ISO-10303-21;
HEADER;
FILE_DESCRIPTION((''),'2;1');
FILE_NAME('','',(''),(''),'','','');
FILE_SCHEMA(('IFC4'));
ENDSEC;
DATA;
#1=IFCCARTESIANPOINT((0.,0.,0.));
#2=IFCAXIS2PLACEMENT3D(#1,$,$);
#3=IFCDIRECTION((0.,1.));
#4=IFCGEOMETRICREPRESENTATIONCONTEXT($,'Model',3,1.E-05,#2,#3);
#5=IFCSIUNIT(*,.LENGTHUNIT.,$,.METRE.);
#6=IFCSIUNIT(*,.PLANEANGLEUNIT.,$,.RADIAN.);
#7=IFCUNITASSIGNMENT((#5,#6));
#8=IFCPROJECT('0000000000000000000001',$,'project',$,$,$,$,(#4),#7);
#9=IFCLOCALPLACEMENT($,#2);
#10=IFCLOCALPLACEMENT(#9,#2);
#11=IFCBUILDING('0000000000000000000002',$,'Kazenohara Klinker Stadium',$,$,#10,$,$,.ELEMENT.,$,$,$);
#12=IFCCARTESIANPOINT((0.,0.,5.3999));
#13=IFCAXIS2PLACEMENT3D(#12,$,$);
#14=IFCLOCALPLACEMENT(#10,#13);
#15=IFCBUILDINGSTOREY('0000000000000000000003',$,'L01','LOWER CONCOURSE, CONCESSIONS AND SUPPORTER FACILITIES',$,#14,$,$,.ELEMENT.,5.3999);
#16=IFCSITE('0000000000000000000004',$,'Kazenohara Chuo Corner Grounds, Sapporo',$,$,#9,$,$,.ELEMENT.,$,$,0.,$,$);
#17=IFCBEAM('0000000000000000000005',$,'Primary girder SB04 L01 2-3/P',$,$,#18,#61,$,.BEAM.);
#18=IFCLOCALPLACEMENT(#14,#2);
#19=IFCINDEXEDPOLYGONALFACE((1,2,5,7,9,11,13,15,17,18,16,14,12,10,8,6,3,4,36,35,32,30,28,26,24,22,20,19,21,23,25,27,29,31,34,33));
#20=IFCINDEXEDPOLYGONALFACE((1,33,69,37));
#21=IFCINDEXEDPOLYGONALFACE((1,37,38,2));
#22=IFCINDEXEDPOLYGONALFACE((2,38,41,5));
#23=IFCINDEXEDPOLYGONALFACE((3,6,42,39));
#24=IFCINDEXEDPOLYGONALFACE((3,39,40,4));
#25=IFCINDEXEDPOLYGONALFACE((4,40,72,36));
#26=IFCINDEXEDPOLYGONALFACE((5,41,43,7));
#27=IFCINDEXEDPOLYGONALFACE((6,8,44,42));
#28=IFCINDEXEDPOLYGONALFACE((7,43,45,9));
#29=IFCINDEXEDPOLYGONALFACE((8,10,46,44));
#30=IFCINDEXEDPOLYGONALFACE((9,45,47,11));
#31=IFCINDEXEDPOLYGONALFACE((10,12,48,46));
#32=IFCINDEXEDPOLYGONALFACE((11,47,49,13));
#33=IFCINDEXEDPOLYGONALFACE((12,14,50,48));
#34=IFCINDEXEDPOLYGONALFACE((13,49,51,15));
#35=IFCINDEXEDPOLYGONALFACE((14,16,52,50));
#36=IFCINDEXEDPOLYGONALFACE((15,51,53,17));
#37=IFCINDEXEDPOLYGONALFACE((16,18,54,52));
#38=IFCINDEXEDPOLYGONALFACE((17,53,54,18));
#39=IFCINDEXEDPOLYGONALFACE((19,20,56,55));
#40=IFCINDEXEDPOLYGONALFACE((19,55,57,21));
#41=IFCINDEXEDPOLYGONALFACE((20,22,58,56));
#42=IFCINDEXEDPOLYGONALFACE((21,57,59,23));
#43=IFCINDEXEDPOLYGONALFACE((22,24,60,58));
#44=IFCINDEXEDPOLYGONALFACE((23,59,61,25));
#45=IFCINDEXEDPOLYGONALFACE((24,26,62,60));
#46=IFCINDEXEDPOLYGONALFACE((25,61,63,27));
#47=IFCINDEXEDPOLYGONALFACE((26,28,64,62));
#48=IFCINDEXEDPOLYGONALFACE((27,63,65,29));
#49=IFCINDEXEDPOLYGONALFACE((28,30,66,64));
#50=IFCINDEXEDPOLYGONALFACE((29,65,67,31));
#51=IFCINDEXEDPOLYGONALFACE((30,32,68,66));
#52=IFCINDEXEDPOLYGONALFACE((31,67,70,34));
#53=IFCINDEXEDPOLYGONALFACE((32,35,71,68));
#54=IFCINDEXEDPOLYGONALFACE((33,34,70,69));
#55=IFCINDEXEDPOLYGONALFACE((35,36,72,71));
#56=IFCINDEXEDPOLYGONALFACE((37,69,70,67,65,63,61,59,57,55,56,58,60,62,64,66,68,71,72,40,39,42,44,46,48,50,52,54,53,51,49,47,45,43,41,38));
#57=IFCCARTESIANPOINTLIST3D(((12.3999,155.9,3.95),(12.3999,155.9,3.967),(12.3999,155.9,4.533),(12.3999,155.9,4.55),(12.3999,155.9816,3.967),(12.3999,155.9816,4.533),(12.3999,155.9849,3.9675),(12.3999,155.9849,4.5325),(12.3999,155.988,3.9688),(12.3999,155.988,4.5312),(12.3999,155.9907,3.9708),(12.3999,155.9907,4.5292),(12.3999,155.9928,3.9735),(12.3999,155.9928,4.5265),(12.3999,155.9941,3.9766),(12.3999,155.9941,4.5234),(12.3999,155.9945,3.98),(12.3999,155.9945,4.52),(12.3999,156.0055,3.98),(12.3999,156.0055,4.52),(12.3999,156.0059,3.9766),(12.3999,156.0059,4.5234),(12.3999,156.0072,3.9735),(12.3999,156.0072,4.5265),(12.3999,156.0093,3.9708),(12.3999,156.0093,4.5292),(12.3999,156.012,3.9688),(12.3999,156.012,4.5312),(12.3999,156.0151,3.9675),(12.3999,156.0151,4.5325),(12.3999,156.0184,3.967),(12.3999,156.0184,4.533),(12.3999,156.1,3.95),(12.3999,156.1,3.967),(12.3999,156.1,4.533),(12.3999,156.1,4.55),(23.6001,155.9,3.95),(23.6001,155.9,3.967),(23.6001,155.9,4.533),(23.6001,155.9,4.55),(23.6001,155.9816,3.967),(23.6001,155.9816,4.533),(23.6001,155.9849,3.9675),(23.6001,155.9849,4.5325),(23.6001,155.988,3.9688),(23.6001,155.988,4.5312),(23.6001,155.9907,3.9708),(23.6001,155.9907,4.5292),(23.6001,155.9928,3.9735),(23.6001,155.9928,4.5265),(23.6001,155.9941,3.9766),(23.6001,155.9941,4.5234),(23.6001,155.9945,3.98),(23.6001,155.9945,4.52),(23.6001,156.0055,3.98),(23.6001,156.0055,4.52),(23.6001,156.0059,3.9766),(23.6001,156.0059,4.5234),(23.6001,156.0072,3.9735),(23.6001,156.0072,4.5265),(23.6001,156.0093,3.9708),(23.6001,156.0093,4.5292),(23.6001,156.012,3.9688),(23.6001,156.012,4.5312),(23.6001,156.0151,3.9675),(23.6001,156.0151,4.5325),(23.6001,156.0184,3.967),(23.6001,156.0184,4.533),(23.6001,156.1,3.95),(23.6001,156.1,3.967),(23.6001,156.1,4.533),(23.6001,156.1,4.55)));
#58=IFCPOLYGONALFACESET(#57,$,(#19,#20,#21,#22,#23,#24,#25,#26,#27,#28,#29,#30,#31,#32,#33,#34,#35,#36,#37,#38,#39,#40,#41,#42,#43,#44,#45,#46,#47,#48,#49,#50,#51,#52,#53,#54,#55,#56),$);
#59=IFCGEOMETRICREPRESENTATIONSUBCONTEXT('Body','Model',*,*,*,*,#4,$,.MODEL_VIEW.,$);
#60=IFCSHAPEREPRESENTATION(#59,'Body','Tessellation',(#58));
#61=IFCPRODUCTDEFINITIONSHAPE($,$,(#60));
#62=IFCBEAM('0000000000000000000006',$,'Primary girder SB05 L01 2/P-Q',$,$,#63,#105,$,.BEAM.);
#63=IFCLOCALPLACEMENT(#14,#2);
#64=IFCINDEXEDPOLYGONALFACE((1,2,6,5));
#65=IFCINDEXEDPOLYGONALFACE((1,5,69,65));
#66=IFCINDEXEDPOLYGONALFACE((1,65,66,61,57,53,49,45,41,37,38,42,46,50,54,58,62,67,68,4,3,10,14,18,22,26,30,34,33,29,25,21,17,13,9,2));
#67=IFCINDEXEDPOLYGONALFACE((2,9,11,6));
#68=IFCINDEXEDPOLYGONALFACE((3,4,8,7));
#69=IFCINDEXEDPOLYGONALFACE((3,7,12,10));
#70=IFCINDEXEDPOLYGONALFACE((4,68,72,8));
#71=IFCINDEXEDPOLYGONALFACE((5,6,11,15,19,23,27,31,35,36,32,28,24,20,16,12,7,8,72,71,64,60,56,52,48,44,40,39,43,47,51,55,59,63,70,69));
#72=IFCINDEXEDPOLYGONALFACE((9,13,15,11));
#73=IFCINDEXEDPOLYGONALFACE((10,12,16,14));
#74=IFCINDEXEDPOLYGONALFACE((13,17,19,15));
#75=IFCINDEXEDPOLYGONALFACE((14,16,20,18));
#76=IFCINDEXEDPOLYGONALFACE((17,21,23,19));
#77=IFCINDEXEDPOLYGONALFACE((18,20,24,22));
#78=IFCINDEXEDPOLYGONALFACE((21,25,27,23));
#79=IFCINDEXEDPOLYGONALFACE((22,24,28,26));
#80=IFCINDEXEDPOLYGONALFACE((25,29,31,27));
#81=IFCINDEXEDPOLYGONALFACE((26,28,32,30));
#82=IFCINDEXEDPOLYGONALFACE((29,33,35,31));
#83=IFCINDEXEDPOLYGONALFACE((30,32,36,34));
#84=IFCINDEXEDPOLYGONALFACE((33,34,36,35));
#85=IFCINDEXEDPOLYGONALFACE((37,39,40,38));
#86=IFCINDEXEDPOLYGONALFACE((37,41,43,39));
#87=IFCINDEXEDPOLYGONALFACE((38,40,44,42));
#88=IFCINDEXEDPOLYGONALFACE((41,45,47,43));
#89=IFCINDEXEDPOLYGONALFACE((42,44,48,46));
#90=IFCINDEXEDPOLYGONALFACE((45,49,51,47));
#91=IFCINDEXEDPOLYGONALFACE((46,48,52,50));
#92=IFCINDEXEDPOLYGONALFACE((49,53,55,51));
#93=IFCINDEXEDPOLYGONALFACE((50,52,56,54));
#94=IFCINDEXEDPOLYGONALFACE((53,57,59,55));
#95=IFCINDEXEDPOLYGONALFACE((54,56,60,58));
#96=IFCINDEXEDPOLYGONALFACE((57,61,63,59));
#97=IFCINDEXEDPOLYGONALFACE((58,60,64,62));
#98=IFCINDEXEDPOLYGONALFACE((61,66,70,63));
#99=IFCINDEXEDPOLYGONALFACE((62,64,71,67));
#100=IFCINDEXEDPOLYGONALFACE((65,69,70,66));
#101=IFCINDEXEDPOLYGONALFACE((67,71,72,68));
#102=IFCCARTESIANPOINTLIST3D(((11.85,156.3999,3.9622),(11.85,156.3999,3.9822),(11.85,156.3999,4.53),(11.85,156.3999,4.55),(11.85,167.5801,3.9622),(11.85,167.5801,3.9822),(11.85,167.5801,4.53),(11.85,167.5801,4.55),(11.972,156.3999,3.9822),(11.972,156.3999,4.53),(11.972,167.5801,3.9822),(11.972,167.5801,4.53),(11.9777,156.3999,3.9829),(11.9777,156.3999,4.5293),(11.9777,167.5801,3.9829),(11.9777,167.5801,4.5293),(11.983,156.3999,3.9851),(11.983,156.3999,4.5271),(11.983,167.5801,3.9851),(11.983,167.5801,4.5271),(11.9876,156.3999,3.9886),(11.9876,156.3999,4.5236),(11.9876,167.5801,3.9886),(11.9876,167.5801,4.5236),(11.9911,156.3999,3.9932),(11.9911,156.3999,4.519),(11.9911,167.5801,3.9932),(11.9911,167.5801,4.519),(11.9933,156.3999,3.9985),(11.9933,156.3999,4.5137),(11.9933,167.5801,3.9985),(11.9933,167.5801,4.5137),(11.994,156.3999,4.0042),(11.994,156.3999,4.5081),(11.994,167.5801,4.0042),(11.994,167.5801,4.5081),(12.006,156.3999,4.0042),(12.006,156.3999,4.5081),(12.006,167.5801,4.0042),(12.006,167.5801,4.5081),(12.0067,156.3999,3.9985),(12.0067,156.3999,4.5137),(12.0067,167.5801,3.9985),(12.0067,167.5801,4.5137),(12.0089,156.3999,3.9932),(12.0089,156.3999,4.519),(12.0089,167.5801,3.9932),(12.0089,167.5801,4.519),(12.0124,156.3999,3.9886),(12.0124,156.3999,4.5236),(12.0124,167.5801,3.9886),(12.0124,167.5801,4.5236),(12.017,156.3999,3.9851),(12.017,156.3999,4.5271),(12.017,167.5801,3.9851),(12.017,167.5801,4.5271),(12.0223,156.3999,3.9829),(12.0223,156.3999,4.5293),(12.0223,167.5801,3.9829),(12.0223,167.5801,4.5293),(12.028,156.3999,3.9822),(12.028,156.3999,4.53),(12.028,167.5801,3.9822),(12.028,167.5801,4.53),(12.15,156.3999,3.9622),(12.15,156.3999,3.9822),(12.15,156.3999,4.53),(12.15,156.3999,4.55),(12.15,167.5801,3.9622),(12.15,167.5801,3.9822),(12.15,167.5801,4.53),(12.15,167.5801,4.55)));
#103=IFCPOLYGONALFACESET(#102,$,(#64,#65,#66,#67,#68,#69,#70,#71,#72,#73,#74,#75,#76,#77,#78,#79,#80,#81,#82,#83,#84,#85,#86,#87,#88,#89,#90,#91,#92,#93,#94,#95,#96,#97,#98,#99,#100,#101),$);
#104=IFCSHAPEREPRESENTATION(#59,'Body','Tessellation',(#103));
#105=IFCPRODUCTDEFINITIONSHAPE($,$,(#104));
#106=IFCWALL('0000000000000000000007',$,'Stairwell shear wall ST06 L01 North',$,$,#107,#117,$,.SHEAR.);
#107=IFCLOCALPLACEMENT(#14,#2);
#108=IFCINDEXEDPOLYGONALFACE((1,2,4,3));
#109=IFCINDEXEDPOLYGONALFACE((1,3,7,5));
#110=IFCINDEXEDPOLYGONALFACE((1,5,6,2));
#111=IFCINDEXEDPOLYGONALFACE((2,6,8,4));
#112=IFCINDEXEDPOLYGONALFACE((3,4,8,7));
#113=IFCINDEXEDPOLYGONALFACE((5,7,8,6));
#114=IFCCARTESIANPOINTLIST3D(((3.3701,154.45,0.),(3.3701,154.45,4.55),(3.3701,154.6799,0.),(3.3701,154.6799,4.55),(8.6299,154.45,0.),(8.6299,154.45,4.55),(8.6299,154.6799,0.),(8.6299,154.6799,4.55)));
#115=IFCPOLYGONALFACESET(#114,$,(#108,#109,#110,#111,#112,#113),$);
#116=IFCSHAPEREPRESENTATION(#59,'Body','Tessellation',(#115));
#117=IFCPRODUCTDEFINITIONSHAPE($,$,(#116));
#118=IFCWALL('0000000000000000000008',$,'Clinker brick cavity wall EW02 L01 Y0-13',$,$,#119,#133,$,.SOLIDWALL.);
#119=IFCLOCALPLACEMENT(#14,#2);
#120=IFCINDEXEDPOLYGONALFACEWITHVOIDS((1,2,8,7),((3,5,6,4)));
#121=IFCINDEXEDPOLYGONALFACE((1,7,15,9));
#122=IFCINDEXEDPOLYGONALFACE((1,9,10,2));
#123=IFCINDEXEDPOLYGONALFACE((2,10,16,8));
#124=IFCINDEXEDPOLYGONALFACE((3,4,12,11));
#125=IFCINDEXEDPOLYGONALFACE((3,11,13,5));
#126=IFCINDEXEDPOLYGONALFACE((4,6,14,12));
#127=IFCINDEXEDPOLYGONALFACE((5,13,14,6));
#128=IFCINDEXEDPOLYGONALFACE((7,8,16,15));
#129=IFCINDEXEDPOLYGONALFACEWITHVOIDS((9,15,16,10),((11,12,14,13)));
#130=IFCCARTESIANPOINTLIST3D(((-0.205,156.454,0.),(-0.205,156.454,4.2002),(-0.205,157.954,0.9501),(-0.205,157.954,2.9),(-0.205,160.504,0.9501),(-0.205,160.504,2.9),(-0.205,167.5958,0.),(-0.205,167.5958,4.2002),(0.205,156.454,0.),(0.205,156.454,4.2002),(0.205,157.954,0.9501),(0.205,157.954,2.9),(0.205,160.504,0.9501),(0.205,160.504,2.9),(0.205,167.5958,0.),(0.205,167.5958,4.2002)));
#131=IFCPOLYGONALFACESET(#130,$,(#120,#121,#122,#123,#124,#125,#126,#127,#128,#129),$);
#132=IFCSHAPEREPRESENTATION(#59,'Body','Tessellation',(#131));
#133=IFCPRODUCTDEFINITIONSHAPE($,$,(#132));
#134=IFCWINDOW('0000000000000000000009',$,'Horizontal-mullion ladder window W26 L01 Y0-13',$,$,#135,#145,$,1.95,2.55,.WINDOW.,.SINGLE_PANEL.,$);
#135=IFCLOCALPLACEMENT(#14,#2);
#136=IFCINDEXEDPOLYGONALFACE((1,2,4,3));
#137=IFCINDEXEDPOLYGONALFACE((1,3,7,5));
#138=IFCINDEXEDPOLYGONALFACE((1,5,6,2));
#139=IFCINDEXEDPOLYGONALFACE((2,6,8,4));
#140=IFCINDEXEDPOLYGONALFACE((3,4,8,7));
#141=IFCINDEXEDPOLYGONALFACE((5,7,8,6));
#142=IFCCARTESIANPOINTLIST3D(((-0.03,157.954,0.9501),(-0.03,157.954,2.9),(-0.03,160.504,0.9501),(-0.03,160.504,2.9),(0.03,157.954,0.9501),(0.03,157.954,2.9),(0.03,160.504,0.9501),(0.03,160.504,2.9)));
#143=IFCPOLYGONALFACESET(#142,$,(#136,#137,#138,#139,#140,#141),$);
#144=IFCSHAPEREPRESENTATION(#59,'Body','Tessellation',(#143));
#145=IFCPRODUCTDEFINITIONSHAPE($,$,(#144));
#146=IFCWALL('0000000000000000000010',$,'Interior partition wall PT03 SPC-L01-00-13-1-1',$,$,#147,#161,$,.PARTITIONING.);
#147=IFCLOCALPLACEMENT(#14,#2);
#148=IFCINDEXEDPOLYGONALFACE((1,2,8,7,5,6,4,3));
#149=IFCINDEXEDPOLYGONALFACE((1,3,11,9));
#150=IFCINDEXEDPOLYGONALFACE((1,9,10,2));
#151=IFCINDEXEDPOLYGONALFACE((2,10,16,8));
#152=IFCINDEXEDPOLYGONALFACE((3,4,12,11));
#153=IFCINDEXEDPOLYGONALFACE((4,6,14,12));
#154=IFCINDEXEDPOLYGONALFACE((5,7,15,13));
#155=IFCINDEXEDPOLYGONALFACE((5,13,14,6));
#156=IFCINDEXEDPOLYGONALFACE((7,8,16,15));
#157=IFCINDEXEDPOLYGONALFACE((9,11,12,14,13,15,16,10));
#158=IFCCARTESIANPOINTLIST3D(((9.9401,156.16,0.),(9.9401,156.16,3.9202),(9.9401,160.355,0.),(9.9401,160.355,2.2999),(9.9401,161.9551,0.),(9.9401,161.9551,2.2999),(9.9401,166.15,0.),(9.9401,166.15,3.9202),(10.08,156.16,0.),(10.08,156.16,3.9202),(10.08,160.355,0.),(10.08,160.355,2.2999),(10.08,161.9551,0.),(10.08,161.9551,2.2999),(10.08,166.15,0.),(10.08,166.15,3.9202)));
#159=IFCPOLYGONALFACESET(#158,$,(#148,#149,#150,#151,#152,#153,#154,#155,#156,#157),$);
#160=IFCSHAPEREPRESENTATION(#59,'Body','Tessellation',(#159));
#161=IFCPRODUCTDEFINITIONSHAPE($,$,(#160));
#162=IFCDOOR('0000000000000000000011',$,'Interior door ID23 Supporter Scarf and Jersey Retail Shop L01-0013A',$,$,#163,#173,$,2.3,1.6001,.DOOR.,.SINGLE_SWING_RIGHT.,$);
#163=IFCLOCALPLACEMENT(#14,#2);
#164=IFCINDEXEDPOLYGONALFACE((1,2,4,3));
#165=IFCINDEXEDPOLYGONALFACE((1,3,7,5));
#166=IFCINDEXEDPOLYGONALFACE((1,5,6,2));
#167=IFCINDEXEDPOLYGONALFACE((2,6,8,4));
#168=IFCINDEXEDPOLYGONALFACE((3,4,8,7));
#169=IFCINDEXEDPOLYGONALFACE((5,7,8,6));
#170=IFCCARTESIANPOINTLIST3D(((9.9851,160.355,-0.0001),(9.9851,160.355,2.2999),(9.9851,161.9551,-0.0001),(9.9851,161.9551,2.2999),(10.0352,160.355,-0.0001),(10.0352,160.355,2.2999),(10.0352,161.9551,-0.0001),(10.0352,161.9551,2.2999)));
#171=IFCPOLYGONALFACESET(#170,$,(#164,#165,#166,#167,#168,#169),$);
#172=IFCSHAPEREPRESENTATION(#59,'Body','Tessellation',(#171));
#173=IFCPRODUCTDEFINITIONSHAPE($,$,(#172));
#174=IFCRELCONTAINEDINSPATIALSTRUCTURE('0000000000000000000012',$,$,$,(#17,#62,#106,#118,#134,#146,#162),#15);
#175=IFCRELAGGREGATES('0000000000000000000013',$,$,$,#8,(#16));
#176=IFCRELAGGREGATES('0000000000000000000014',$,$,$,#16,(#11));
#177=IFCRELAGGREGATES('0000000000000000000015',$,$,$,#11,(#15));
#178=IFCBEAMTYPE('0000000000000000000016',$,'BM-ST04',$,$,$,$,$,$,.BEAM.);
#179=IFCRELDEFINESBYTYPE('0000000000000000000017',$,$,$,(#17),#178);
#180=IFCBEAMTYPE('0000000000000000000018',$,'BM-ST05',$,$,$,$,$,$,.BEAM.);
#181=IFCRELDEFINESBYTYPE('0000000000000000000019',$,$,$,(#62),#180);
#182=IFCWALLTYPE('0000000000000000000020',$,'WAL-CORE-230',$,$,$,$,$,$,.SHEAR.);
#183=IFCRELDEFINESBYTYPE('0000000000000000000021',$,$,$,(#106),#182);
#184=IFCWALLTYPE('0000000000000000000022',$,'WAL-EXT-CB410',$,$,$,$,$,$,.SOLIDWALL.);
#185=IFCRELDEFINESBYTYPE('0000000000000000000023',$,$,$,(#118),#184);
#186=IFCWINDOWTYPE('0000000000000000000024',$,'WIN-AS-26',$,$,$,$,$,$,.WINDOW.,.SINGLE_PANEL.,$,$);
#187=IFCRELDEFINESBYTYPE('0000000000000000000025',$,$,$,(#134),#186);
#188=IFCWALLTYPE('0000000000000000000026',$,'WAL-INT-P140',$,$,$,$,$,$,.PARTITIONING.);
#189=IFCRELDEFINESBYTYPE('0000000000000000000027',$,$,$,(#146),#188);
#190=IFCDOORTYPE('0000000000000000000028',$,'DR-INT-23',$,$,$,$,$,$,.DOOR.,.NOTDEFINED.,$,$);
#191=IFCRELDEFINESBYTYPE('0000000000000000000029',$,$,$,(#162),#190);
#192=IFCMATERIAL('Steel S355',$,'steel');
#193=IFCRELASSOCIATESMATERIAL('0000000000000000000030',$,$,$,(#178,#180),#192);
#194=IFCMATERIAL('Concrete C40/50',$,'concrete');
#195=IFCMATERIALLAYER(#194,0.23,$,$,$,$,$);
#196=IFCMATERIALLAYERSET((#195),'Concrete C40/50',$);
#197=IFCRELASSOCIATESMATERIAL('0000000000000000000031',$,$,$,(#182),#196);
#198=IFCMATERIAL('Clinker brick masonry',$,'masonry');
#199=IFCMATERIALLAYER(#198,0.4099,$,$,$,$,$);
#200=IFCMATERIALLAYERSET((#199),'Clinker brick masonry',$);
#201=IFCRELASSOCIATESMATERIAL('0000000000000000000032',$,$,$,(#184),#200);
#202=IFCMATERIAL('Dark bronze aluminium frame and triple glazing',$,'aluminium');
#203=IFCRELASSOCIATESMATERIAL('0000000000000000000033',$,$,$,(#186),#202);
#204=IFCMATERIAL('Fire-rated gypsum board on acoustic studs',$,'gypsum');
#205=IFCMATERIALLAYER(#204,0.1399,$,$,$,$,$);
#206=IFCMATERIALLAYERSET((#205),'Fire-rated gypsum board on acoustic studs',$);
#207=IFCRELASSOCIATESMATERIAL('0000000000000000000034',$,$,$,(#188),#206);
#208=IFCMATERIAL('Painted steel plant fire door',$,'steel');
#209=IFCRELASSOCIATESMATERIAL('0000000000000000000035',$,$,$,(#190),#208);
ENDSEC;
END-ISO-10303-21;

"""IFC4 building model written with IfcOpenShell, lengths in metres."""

from ifc_helpers import new_model, si_unit, direction, frame, frame_2d, origin, origin_2d, place, context, subcontext, project, spatial, rectangle, i_section, extrude, material, layer, layer_set, material_profile, profile_set, type_object, element, fill, save


model = new_model("IFC4")

# Units and contexts
model_context = context("Model", 3, precision=1e-05, world=origin(), true_north=direction((0.0, 1.0)))
body_context = subcontext(model_context, "Body", "Model", "MODEL_VIEW")
ifc_project = project(units=[si_unit("LENGTHUNIT", "METRE"), si_unit("PLANEANGLEUNIT", "RADIAN")], contexts=[model_context])

# Site, building, storey
site_placement = place(None, origin())
site = spatial("IfcSite", under=ifc_project, at=site_placement, Name="Kazenohara Chuo Corner Grounds, Sapporo", CompositionType="ELEMENT", RefElevation=0.0)
building_placement = place(site_placement, origin())
building = spatial("IfcBuilding", under=site, at=building_placement, Name="Kazenohara Klinker Stadium", CompositionType="ELEMENT")
storey_placement = place(building_placement, frame((0.0, 0.0, 5.3999)))
storey = spatial("IfcBuildingStorey", under=building, at=storey_placement, Name="L01", Description="LOWER CONCOURSE, CONCESSIONS AND SUPPORTER FACILITIES", CompositionType="ELEMENT", Elevation=5.3999)

# Shared definitions
ifc_material_1 = material(Name="Concrete C40/50", Category="concrete")

# Beams
ifc_material_2 = material(Name="Steel S355", Category="steel")
ifc_material_profile_1 = material_profile(ifc_material_2, i_section(OverallWidth=0.2, OverallDepth=0.6001, WebThickness=0.011, FlangeThickness=0.0171, FilletRadius=0.0129, at=origin_2d()), Name="H-600x200x11x17")
ifc_profile_set_1 = profile_set([ifc_material_profile_1], Name="Steel S355")
beam_type_1 = type_object("IfcBeamType", Name="BM-ST04", PredefinedType="BEAM", material=ifc_profile_set_1)
beam_1_placement = place(storey_placement, frame((12.3999, 156.0, 4.25), z_axis=(1.0, 0.0, 0.0), x_axis=(0.0, 1.0, 0.0)))
element("IfcBeam", 1, at=beam_1_placement, inside=storey, type_object=beam_type_1, Name="Primary girder SB04 L01 2-3/P", PredefinedType="BEAM", context=body_context, shape_type="SweptSolid", body=[
    extrude(i_section(OverallWidth=0.2, OverallDepth=0.6001, WebThickness=0.011, FlangeThickness=0.0171, FilletRadius=0.0129, at=origin_2d()), origin(), (0.0, 0.0, 1.0), 11.2002),
])
ifc_material_profile_2 = material_profile(ifc_material_2, i_section(OverallWidth=0.3, OverallDepth=0.5879, WebThickness=0.012, FlangeThickness=0.02, FilletRadius=0.022, at=origin_2d()), Name="H-588x300x12x20")
ifc_profile_set_2 = profile_set([ifc_material_profile_2], Name="Steel S355")
beam_type_2 = type_object("IfcBeamType", Name="BM-ST05", PredefinedType="BEAM", material=ifc_profile_set_2)
beam_2_placement = place(storey_placement, frame((12.0, 156.3999, 4.2561), z_axis=(0.0, 1.0, 0.0), x_axis=(-1.0, 0.0, 0.0)))
element("IfcBeam", 2, at=beam_2_placement, inside=storey, type_object=beam_type_2, Name="Primary girder SB05 L01 2/P-Q", PredefinedType="BEAM", context=body_context, shape_type="SweptSolid", body=[
    extrude(i_section(OverallWidth=0.3, OverallDepth=0.5879, WebThickness=0.012, FlangeThickness=0.02, FilletRadius=0.022, at=origin_2d()), origin(), (0.0, 0.0, 1.0), 11.1802),
])

# Wall
ifc_layer_1 = layer(ifc_material_1, 0.23)
ifc_layer_set_1 = layer_set([ifc_layer_1], Name="Concrete C40/50")
wall_type_1 = type_object("IfcWallType", Name="WAL-CORE-230", PredefinedType="SHEAR", material=ifc_layer_set_1)
wall_1_placement = place(storey_placement, frame((3.3701, 154.5649, 0.0), z_axis=(0.0, 0.0, 1.0), x_axis=(1.0, 0.0, 0.0)))
element("IfcWall", 3, at=wall_1_placement, inside=storey, type_object=wall_type_1, Name="Stairwell shear wall ST06 L01 North", PredefinedType="SHEAR", context=body_context, shape_type="SweptSolid", body=[
    extrude(rectangle(XDim=5.2598, YDim=0.23, at=frame_2d((2.6299, 0.0))), origin(), (0.0, 0.0, 1.0), 4.55),
])

# Wall, opening, window
ifc_material_3 = material(Name="Clinker brick masonry", Category="masonry")
ifc_layer_2 = layer(ifc_material_3, 0.4099)
ifc_layer_set_2 = layer_set([ifc_layer_2], Name="Clinker brick masonry")
wall_type_2 = type_object("IfcWallType", Name="WAL-EXT-CB410", PredefinedType="SOLIDWALL", material=ifc_layer_set_2)
wall_2_placement = place(storey_placement, frame((0.0, 156.4541, 0.0), z_axis=(0.0, 0.0, 1.0), x_axis=(0.0, 1.0, 0.0)))
wall_2 = element("IfcWall", 4, at=wall_2_placement, inside=storey, type_object=wall_type_2, Name="Clinker brick cavity wall EW02 L01 Y0-13", PredefinedType="SOLIDWALL", context=body_context, shape_type="SweptSolid", body=[
    extrude(rectangle(XDim=11.1418, YDim=0.4099, at=frame_2d((5.5708, 0.0))), origin(), (0.0, 0.0, 1.0), 4.2002),
])
opening_1_placement = place(wall_2_placement, frame((1.5, 0.0, 0.95)))
opening_1 = element("IfcOpeningElement", 5, at=opening_1_placement, cuts=wall_2, PredefinedType="OPENING", context=body_context, shape_type="SweptSolid", body=[
    extrude(rectangle(XDim=2.55, YDim=1.95, at=frame_2d((1.2749, 0.9751))), frame((0.0, 0.2148, 0.0), z_axis=(0.0, -1.0, 0.0), x_axis=(1.0, 0.0, 0.0)), (0.0, 0.0, 1.0), 0.4299),
])
ifc_material_4 = material(Name="Dark bronze aluminium frame and triple glazing", Category="aluminium")
window_type = type_object("IfcWindowType", Name="WIN-AS-26", PartitioningType="SINGLE_PANEL", PredefinedType="WINDOW", material=ifc_material_4)
window_placement = place(opening_1_placement, origin())
window = element("IfcWindow", 6, at=window_placement, inside=storey, type_object=window_type, Name="Horizontal-mullion ladder window W26 L01 Y0-13", OverallHeight=1.95, OverallWidth=2.55, PartitioningType="SINGLE_PANEL", PredefinedType="WINDOW", context=body_context, shape_type="SweptSolid", body=[
    extrude(rectangle(XDim=2.55, YDim=1.95, at=frame_2d((1.2749, 0.9751))), frame((0.0, 0.03, 0.0), z_axis=(0.0, -1.0, 0.0), x_axis=(1.0, 0.0, 0.0)), (0.0, 0.0, 1.0), 0.0601),
])
fill(opening_1, window)

# Wall, opening, door
ifc_material_5 = material(Name="Fire-rated gypsum board on acoustic studs", Category="gypsum")
ifc_layer_3 = layer(ifc_material_5, 0.1399)
ifc_layer_set_3 = layer_set([ifc_layer_3], Name="Fire-rated gypsum board on acoustic studs")
wall_type_3 = type_object("IfcWallType", Name="WAL-INT-P140", PredefinedType="PARTITIONING", material=ifc_layer_set_3)
wall_3_placement = place(storey_placement, frame((10.01, 156.1599, 0.0), z_axis=(0.0, 0.0, 1.0), x_axis=(0.0, 1.0, 0.0)))
wall_3 = element("IfcWall", 7, at=wall_3_placement, inside=storey, type_object=wall_type_3, Name="Interior partition wall PT03 SPC-L01-00-13-1-1", PredefinedType="PARTITIONING", context=body_context, shape_type="SweptSolid", body=[
    extrude(rectangle(XDim=9.99, YDim=0.1399, at=frame_2d((4.9951, 0.0))), origin(), (0.0, 0.0, 1.0), 3.9202),
])
opening_2_placement = place(wall_3_placement, frame((4.1951, 0.0, 0.0)))
opening_2 = element("IfcOpeningElement", 8, at=opening_2_placement, cuts=wall_3, PredefinedType="OPENING", context=body_context, shape_type="SweptSolid", body=[
    extrude(rectangle(XDim=1.6001, YDim=2.3, at=frame_2d((0.8, 1.1499))), frame((0.0, 0.0801, 0.0), z_axis=(0.0, -1.0, 0.0), x_axis=(1.0, 0.0, 0.0)), (0.0, 0.0, 1.0), 0.1599),
])
ifc_material_6 = material(Name="Painted steel plant fire door", Category="steel")
door_type = type_object("IfcDoorType", Name="DR-INT-23", OperationType="NOTDEFINED", PredefinedType="DOOR", material=ifc_material_6)
door_placement = place(opening_2_placement, origin())
door = element("IfcDoor", 9, at=door_placement, inside=storey, type_object=door_type, Name="Interior door ID23 Supporter Scarf and Jersey Retail Shop L01-0013A", OperationType="SINGLE_SWING_RIGHT", OverallHeight=2.3, OverallWidth=1.6001, PredefinedType="DOOR", context=body_context, shape_type="SweptSolid", body=[
    extrude(rectangle(XDim=1.6001, YDim=2.3, at=frame_2d((0.8, 1.1499))), frame((0.0, 0.0249, 0.0), z_axis=(0.0, -1.0, 0.0), x_axis=(1.0, 0.0, 0.0)), (0.0, 0.0, 1.0), 0.05),
])
fill(opening_2, door)

save(model, "model.ifc")
